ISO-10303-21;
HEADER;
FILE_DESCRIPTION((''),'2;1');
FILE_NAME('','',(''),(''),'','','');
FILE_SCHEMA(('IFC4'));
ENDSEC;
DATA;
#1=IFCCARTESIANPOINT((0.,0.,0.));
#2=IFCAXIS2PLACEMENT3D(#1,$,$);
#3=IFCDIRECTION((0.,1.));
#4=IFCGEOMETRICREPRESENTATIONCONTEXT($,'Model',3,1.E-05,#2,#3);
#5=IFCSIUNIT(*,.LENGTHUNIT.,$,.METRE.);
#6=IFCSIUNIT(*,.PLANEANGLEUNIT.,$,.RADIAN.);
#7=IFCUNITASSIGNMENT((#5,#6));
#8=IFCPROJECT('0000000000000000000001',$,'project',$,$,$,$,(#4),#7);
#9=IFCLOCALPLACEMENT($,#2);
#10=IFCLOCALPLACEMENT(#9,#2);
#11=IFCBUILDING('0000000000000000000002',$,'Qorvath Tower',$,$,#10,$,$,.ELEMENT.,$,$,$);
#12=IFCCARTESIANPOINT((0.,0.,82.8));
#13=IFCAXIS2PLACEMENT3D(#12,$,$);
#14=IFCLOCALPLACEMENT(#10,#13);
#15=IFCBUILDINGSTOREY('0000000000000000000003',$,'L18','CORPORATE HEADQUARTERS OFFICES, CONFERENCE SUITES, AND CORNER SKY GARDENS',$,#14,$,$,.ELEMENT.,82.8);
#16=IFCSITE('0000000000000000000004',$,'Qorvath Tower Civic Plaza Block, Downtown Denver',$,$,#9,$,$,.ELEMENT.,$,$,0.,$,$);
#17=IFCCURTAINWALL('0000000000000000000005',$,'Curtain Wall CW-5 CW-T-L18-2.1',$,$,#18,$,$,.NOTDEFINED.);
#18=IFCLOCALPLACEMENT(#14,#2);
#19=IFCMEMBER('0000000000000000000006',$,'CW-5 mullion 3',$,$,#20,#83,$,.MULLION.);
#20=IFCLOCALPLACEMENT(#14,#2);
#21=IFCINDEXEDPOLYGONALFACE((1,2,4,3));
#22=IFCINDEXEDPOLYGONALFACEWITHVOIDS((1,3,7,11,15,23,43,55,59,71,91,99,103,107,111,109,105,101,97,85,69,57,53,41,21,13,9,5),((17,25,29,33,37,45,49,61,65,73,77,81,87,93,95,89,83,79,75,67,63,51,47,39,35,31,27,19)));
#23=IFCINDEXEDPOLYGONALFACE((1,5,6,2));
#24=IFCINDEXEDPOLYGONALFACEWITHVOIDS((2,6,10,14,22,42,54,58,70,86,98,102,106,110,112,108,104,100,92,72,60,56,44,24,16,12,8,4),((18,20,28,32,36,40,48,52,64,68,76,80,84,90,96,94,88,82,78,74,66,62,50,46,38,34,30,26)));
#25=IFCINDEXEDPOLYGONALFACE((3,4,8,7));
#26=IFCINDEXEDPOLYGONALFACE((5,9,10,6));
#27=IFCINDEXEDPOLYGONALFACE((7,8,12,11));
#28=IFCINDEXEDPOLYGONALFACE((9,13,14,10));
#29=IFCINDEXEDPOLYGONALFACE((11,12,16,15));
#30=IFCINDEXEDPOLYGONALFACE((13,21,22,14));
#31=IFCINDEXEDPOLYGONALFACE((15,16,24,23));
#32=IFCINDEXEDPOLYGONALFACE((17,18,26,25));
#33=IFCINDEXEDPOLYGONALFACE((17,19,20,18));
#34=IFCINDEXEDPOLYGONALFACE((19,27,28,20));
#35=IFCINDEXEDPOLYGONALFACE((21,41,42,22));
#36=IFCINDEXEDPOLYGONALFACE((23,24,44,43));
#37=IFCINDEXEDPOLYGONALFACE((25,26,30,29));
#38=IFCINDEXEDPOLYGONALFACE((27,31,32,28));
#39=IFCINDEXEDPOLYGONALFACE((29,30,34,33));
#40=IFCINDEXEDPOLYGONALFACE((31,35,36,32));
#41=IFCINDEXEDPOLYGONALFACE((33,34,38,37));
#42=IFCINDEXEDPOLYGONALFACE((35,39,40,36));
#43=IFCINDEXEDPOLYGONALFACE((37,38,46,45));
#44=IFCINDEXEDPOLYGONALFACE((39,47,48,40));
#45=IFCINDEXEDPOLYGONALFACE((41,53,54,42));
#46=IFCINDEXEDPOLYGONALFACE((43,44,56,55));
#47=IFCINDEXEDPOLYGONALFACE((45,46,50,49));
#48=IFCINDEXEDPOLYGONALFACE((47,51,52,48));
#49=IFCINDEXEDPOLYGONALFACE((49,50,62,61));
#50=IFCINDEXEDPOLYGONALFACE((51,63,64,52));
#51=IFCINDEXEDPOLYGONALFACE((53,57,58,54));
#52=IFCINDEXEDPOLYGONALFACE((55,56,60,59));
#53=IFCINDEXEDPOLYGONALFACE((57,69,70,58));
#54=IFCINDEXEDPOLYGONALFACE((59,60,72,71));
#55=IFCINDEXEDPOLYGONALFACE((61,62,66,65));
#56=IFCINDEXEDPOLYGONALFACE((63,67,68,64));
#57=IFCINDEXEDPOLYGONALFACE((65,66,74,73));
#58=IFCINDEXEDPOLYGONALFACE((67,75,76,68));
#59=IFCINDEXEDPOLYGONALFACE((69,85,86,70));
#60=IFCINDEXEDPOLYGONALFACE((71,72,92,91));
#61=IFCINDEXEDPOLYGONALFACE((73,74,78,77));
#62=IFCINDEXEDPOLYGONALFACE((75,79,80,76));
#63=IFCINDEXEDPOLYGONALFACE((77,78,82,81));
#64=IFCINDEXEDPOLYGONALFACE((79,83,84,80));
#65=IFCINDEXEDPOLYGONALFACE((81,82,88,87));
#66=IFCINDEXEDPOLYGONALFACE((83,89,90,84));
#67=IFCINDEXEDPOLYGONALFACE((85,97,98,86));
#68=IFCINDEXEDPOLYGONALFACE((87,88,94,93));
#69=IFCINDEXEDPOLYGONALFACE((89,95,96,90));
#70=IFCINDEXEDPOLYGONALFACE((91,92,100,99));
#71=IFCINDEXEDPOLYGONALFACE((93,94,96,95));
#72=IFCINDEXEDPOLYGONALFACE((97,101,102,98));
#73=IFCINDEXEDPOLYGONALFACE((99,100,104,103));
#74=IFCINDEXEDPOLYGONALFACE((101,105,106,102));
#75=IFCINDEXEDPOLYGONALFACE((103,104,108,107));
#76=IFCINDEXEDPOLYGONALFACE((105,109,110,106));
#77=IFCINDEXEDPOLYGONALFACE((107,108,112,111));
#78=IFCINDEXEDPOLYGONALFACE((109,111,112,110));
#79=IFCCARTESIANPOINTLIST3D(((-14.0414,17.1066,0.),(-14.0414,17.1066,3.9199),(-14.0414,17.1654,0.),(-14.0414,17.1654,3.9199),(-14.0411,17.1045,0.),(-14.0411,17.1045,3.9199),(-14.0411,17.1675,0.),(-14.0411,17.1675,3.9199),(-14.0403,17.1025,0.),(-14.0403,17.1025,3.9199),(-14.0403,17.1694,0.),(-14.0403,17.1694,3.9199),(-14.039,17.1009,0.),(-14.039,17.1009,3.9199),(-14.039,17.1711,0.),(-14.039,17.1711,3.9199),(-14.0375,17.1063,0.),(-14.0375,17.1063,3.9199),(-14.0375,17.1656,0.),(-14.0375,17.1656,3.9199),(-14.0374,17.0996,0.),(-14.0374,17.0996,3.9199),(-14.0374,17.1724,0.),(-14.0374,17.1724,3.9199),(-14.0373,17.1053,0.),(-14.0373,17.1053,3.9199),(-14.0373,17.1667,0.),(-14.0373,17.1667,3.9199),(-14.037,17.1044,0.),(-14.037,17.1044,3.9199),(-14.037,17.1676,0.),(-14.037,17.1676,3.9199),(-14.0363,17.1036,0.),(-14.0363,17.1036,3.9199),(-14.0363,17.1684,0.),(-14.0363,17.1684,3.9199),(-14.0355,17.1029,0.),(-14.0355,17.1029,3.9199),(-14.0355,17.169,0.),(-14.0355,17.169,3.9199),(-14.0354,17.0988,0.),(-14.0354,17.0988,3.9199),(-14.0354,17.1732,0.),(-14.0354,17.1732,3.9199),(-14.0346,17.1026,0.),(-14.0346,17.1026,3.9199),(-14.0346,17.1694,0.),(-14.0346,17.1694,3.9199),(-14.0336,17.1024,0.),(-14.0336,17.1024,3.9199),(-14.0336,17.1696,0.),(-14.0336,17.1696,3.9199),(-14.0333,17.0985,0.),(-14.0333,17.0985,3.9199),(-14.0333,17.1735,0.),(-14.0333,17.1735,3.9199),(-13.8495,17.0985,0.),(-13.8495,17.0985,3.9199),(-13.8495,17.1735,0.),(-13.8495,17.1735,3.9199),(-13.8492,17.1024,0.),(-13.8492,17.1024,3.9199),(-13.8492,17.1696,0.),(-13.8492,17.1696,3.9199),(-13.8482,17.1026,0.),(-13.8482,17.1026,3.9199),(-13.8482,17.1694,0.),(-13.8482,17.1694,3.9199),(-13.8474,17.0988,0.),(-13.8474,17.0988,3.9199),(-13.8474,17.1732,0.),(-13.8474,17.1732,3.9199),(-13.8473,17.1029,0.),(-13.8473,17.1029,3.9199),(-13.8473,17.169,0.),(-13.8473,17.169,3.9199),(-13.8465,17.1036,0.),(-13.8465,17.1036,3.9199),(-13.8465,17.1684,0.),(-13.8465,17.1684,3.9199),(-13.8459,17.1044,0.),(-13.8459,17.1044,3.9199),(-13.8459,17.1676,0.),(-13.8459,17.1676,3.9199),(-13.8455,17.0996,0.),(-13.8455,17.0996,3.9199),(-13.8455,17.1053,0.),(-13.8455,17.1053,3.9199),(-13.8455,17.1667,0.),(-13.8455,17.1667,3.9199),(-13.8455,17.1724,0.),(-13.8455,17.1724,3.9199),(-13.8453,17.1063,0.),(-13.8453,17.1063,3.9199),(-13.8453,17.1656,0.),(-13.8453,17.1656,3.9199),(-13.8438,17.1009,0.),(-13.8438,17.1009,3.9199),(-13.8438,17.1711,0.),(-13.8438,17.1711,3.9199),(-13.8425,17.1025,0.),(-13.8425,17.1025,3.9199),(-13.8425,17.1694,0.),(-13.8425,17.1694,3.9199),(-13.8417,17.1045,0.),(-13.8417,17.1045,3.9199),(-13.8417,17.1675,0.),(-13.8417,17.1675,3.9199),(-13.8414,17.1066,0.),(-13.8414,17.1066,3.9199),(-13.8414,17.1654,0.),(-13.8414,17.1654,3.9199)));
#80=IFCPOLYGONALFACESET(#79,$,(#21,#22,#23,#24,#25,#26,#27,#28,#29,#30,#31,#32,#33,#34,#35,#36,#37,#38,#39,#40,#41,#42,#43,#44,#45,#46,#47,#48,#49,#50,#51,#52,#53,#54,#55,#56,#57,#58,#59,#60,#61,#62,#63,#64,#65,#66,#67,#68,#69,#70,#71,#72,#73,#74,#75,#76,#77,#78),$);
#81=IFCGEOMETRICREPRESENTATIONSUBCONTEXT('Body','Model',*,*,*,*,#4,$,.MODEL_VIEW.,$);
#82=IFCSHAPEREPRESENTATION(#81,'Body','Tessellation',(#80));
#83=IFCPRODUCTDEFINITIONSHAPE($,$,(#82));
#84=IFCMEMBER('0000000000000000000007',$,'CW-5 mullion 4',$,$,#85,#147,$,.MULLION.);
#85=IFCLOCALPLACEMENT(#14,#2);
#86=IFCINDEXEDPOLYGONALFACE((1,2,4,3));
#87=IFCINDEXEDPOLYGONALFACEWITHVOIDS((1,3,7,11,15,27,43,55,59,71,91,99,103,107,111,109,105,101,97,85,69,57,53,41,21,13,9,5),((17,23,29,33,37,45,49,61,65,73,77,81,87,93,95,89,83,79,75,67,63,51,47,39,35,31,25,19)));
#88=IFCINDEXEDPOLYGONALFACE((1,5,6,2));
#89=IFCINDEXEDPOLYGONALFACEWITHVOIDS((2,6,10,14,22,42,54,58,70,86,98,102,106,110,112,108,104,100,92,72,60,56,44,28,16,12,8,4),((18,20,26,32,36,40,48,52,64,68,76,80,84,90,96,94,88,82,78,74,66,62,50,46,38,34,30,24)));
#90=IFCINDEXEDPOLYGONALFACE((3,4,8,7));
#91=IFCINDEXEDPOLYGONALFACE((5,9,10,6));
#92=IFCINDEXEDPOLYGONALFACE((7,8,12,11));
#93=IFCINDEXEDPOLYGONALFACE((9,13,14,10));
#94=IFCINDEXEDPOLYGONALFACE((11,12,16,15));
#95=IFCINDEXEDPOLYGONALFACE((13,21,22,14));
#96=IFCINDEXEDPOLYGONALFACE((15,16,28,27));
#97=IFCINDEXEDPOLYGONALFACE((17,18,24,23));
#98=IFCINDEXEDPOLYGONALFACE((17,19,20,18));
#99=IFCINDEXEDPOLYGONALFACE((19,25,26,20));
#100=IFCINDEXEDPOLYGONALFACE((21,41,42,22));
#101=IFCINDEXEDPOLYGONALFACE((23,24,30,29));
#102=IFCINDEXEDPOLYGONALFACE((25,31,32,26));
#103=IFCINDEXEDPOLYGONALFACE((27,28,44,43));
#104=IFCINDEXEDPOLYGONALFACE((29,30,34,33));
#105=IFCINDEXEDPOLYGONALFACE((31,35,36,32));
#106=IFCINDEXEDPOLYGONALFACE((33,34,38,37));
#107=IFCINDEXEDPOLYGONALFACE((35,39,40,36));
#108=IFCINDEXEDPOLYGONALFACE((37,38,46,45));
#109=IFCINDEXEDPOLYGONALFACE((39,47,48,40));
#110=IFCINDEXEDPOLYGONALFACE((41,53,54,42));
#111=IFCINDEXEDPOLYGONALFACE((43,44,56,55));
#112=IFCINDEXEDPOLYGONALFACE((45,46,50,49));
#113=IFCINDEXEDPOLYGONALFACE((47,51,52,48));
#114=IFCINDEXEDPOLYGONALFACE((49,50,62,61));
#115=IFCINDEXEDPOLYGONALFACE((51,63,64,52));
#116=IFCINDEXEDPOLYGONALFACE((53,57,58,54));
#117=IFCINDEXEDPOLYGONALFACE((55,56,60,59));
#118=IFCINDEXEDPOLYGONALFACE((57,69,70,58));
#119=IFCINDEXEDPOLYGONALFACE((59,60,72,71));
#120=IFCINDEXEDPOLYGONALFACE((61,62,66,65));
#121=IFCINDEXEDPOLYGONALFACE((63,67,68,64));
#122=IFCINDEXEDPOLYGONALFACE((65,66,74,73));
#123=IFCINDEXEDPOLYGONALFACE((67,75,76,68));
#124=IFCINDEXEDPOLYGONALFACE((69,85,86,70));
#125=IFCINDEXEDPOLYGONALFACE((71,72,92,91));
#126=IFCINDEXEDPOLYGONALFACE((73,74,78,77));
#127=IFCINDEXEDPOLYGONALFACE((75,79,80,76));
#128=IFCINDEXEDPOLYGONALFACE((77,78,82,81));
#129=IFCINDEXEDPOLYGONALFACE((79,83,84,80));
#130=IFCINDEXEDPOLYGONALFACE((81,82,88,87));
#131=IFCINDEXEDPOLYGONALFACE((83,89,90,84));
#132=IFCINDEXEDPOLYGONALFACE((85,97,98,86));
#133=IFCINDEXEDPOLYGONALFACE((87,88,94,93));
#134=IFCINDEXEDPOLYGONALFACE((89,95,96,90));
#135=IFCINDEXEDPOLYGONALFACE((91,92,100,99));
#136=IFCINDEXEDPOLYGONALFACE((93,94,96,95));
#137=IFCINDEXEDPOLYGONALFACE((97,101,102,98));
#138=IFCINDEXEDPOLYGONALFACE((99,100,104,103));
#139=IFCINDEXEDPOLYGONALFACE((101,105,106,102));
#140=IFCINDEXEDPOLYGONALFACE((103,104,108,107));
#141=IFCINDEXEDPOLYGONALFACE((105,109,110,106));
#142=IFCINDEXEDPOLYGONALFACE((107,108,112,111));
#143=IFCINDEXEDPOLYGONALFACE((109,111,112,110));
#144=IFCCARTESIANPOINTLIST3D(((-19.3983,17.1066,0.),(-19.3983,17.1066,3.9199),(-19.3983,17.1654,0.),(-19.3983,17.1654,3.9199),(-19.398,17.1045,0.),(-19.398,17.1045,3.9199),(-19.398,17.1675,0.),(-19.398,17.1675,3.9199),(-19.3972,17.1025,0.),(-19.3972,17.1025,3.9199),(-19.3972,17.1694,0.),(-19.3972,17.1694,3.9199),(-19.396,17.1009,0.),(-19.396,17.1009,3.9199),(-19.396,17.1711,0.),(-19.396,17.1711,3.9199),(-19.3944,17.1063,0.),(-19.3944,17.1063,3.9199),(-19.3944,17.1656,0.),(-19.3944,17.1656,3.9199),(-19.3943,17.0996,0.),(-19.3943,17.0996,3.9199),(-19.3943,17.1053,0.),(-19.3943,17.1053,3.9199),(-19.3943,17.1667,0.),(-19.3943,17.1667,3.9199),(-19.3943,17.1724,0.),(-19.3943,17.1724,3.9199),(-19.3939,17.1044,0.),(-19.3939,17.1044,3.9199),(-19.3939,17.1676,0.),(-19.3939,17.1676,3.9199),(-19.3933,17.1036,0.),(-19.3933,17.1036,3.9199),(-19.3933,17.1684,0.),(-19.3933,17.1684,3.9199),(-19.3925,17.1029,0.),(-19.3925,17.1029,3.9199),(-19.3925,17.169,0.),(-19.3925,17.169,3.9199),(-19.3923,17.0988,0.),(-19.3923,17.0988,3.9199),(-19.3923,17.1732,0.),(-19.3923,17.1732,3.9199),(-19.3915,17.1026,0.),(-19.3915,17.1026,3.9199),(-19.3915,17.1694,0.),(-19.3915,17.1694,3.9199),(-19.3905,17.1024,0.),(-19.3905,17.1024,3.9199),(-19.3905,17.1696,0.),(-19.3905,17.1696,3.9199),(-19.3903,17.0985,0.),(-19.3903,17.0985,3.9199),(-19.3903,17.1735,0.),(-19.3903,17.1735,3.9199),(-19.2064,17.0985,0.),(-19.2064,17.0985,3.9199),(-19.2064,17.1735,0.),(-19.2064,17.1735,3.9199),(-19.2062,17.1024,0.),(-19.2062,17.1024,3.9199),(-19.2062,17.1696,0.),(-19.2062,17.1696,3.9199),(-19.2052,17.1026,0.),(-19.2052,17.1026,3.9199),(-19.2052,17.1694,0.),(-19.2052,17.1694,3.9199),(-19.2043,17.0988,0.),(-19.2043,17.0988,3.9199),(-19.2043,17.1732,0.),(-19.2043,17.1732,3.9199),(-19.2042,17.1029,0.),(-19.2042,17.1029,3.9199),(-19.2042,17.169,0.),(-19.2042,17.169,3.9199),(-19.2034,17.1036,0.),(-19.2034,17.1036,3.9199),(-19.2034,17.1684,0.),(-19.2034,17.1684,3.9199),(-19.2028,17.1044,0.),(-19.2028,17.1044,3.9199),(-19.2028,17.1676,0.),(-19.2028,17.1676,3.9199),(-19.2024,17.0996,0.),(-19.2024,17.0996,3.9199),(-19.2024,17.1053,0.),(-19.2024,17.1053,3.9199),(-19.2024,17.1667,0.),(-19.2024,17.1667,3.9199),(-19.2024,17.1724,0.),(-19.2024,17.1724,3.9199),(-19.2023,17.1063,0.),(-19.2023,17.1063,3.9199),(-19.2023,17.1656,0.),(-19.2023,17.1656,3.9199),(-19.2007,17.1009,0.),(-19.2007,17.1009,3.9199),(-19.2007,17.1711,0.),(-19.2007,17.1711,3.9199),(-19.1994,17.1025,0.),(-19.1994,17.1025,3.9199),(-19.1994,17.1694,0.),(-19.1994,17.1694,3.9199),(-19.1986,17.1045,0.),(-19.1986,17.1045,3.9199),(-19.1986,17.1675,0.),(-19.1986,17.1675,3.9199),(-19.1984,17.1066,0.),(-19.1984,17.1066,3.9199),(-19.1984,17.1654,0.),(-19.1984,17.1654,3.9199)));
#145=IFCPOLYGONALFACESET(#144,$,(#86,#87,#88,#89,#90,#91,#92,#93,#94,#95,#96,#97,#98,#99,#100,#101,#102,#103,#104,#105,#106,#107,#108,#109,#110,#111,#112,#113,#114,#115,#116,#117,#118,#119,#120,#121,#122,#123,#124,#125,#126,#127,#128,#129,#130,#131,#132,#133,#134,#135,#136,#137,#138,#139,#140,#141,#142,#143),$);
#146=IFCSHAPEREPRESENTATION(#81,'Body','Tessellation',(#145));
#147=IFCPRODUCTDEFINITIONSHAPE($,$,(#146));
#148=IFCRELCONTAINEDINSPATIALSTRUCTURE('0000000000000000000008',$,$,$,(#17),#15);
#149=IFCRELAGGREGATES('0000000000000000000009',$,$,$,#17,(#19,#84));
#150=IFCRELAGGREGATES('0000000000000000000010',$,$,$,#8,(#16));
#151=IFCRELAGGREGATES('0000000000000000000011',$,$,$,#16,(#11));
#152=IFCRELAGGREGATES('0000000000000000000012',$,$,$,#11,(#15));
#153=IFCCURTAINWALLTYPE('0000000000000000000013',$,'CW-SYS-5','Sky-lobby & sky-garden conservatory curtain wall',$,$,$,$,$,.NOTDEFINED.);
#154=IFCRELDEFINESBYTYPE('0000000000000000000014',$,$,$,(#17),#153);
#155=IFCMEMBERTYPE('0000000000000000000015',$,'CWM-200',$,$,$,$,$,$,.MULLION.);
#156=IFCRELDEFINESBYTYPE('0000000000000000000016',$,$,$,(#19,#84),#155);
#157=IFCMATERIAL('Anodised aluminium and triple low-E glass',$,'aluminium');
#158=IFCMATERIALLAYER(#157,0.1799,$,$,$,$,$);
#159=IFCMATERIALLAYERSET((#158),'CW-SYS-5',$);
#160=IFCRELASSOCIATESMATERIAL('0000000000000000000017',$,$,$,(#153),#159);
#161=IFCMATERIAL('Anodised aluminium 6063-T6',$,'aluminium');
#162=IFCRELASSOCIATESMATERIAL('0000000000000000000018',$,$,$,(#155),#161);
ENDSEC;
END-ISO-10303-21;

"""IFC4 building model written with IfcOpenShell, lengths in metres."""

from ifc_helpers import new_model, si_unit, direction, frame, origin, origin_2d, place, context, subcontext, project, spatial, hollow_rectangle, extrude, material, layer, layer_set, material_profile, profile_set, type_object, element, aggregate, save


model = new_model("IFC4")

# Units and contexts
model_context = context("Model", 3, precision=1e-05, world=origin(), true_north=direction((0.0, 1.0)))
body_context = subcontext(model_context, "Body", "Model", "MODEL_VIEW")
ifc_project = project(units=[si_unit("LENGTHUNIT", "METRE"), si_unit("PLANEANGLEUNIT", "RADIAN")], contexts=[model_context])

# Site, building, storey
site_placement = place(None, origin())
site = spatial("IfcSite", under=ifc_project, at=site_placement, Name="Qorvath Tower Civic Plaza Block, Downtown Denver", CompositionType="ELEMENT", RefElevation=0.0)
building_placement = place(site_placement, origin())
building = spatial("IfcBuilding", under=site, at=building_placement, Name="Qorvath Tower", CompositionType="ELEMENT")
storey_placement = place(building_placement, frame((0.0, 0.0, 82.8)))
storey = spatial("IfcBuildingStorey", under=building, at=storey_placement, Name="L18", Description="CORPORATE HEADQUARTERS OFFICES, CONFERENCE SUITES, AND CORNER SKY GARDENS", CompositionType="ELEMENT", Elevation=82.8)

# Curtain wall, members
ifc_material_1 = material(Name="Anodised aluminium and triple low-E glass", Category="aluminium")
ifc_layer_1 = layer(ifc_material_1, 0.1799)
ifc_layer_set_1 = layer_set([ifc_layer_1], Name="CW-SYS-5")
curtain_wall_type = type_object("IfcCurtainWallType", Name="CW-SYS-5", Description="Sky-lobby & sky-garden conservatory curtain wall", PredefinedType="NOTDEFINED", material=ifc_layer_set_1)
curtain_wall_1_placement = place(storey_placement, origin())
curtain_wall_1 = element("IfcCurtainWall", 1, at=curtain_wall_1_placement, inside=storey, type_object=curtain_wall_type, Name="Curtain Wall CW-5 CW-T-L18-2.1", PredefinedType="NOTDEFINED")
ifc_material_2 = material(Name="Anodised aluminium 6063-T6", Category="aluminium")
ifc_material_profile_1 = material_profile(ifc_material_2, hollow_rectangle(XDim=0.075, YDim=0.2, WallThickness=0.0039, InnerFilletRadius=0.0039, OuterFilletRadius=0.0081, at=origin_2d()), Name="CWM 200x75")
ifc_profile_set_1 = profile_set([ifc_material_profile_1], Name="Anodised aluminium 6063-T6")
member_type_1 = type_object("IfcMemberType", Name="CWM-200", PredefinedType="MULLION", material=ifc_profile_set_1)
member_1_placement = place(storey_placement, frame((-13.9414, 17.136, 0.0), z_axis=(0.0, 0.0, 1.0), x_axis=(0.0, -1.0, 0.0)))
member_1 = element("IfcMember", 2, at=member_1_placement, type_object=member_type_1, Name="CW-5 mullion 3", PredefinedType="MULLION", context=body_context, shape_type="SweptSolid", body=[
    extrude(hollow_rectangle(XDim=0.075, YDim=0.2, WallThickness=0.0039, InnerFilletRadius=0.0039, OuterFilletRadius=0.0081, at=origin_2d()), origin(), (0.0, 0.0, 1.0), 3.9199),
])
member_2_placement = place(storey_placement, frame((-19.2983, 17.136, 0.0), z_axis=(0.0, 0.0, 1.0), x_axis=(0.0, -1.0, 0.0)))
member_2 = element("IfcMember", 3, at=member_2_placement, type_object=member_type_1, Name="CW-5 mullion 4", PredefinedType="MULLION", context=body_context, shape_type="SweptSolid", body=[
    extrude(hollow_rectangle(XDim=0.075, YDim=0.2, WallThickness=0.0039, InnerFilletRadius=0.0039, OuterFilletRadius=0.0081, at=origin_2d()), origin(), (0.0, 0.0, 1.0), 3.9199),
])

aggregate(curtain_wall_1, [member_1, member_2])

save(model, "model.ifc")
